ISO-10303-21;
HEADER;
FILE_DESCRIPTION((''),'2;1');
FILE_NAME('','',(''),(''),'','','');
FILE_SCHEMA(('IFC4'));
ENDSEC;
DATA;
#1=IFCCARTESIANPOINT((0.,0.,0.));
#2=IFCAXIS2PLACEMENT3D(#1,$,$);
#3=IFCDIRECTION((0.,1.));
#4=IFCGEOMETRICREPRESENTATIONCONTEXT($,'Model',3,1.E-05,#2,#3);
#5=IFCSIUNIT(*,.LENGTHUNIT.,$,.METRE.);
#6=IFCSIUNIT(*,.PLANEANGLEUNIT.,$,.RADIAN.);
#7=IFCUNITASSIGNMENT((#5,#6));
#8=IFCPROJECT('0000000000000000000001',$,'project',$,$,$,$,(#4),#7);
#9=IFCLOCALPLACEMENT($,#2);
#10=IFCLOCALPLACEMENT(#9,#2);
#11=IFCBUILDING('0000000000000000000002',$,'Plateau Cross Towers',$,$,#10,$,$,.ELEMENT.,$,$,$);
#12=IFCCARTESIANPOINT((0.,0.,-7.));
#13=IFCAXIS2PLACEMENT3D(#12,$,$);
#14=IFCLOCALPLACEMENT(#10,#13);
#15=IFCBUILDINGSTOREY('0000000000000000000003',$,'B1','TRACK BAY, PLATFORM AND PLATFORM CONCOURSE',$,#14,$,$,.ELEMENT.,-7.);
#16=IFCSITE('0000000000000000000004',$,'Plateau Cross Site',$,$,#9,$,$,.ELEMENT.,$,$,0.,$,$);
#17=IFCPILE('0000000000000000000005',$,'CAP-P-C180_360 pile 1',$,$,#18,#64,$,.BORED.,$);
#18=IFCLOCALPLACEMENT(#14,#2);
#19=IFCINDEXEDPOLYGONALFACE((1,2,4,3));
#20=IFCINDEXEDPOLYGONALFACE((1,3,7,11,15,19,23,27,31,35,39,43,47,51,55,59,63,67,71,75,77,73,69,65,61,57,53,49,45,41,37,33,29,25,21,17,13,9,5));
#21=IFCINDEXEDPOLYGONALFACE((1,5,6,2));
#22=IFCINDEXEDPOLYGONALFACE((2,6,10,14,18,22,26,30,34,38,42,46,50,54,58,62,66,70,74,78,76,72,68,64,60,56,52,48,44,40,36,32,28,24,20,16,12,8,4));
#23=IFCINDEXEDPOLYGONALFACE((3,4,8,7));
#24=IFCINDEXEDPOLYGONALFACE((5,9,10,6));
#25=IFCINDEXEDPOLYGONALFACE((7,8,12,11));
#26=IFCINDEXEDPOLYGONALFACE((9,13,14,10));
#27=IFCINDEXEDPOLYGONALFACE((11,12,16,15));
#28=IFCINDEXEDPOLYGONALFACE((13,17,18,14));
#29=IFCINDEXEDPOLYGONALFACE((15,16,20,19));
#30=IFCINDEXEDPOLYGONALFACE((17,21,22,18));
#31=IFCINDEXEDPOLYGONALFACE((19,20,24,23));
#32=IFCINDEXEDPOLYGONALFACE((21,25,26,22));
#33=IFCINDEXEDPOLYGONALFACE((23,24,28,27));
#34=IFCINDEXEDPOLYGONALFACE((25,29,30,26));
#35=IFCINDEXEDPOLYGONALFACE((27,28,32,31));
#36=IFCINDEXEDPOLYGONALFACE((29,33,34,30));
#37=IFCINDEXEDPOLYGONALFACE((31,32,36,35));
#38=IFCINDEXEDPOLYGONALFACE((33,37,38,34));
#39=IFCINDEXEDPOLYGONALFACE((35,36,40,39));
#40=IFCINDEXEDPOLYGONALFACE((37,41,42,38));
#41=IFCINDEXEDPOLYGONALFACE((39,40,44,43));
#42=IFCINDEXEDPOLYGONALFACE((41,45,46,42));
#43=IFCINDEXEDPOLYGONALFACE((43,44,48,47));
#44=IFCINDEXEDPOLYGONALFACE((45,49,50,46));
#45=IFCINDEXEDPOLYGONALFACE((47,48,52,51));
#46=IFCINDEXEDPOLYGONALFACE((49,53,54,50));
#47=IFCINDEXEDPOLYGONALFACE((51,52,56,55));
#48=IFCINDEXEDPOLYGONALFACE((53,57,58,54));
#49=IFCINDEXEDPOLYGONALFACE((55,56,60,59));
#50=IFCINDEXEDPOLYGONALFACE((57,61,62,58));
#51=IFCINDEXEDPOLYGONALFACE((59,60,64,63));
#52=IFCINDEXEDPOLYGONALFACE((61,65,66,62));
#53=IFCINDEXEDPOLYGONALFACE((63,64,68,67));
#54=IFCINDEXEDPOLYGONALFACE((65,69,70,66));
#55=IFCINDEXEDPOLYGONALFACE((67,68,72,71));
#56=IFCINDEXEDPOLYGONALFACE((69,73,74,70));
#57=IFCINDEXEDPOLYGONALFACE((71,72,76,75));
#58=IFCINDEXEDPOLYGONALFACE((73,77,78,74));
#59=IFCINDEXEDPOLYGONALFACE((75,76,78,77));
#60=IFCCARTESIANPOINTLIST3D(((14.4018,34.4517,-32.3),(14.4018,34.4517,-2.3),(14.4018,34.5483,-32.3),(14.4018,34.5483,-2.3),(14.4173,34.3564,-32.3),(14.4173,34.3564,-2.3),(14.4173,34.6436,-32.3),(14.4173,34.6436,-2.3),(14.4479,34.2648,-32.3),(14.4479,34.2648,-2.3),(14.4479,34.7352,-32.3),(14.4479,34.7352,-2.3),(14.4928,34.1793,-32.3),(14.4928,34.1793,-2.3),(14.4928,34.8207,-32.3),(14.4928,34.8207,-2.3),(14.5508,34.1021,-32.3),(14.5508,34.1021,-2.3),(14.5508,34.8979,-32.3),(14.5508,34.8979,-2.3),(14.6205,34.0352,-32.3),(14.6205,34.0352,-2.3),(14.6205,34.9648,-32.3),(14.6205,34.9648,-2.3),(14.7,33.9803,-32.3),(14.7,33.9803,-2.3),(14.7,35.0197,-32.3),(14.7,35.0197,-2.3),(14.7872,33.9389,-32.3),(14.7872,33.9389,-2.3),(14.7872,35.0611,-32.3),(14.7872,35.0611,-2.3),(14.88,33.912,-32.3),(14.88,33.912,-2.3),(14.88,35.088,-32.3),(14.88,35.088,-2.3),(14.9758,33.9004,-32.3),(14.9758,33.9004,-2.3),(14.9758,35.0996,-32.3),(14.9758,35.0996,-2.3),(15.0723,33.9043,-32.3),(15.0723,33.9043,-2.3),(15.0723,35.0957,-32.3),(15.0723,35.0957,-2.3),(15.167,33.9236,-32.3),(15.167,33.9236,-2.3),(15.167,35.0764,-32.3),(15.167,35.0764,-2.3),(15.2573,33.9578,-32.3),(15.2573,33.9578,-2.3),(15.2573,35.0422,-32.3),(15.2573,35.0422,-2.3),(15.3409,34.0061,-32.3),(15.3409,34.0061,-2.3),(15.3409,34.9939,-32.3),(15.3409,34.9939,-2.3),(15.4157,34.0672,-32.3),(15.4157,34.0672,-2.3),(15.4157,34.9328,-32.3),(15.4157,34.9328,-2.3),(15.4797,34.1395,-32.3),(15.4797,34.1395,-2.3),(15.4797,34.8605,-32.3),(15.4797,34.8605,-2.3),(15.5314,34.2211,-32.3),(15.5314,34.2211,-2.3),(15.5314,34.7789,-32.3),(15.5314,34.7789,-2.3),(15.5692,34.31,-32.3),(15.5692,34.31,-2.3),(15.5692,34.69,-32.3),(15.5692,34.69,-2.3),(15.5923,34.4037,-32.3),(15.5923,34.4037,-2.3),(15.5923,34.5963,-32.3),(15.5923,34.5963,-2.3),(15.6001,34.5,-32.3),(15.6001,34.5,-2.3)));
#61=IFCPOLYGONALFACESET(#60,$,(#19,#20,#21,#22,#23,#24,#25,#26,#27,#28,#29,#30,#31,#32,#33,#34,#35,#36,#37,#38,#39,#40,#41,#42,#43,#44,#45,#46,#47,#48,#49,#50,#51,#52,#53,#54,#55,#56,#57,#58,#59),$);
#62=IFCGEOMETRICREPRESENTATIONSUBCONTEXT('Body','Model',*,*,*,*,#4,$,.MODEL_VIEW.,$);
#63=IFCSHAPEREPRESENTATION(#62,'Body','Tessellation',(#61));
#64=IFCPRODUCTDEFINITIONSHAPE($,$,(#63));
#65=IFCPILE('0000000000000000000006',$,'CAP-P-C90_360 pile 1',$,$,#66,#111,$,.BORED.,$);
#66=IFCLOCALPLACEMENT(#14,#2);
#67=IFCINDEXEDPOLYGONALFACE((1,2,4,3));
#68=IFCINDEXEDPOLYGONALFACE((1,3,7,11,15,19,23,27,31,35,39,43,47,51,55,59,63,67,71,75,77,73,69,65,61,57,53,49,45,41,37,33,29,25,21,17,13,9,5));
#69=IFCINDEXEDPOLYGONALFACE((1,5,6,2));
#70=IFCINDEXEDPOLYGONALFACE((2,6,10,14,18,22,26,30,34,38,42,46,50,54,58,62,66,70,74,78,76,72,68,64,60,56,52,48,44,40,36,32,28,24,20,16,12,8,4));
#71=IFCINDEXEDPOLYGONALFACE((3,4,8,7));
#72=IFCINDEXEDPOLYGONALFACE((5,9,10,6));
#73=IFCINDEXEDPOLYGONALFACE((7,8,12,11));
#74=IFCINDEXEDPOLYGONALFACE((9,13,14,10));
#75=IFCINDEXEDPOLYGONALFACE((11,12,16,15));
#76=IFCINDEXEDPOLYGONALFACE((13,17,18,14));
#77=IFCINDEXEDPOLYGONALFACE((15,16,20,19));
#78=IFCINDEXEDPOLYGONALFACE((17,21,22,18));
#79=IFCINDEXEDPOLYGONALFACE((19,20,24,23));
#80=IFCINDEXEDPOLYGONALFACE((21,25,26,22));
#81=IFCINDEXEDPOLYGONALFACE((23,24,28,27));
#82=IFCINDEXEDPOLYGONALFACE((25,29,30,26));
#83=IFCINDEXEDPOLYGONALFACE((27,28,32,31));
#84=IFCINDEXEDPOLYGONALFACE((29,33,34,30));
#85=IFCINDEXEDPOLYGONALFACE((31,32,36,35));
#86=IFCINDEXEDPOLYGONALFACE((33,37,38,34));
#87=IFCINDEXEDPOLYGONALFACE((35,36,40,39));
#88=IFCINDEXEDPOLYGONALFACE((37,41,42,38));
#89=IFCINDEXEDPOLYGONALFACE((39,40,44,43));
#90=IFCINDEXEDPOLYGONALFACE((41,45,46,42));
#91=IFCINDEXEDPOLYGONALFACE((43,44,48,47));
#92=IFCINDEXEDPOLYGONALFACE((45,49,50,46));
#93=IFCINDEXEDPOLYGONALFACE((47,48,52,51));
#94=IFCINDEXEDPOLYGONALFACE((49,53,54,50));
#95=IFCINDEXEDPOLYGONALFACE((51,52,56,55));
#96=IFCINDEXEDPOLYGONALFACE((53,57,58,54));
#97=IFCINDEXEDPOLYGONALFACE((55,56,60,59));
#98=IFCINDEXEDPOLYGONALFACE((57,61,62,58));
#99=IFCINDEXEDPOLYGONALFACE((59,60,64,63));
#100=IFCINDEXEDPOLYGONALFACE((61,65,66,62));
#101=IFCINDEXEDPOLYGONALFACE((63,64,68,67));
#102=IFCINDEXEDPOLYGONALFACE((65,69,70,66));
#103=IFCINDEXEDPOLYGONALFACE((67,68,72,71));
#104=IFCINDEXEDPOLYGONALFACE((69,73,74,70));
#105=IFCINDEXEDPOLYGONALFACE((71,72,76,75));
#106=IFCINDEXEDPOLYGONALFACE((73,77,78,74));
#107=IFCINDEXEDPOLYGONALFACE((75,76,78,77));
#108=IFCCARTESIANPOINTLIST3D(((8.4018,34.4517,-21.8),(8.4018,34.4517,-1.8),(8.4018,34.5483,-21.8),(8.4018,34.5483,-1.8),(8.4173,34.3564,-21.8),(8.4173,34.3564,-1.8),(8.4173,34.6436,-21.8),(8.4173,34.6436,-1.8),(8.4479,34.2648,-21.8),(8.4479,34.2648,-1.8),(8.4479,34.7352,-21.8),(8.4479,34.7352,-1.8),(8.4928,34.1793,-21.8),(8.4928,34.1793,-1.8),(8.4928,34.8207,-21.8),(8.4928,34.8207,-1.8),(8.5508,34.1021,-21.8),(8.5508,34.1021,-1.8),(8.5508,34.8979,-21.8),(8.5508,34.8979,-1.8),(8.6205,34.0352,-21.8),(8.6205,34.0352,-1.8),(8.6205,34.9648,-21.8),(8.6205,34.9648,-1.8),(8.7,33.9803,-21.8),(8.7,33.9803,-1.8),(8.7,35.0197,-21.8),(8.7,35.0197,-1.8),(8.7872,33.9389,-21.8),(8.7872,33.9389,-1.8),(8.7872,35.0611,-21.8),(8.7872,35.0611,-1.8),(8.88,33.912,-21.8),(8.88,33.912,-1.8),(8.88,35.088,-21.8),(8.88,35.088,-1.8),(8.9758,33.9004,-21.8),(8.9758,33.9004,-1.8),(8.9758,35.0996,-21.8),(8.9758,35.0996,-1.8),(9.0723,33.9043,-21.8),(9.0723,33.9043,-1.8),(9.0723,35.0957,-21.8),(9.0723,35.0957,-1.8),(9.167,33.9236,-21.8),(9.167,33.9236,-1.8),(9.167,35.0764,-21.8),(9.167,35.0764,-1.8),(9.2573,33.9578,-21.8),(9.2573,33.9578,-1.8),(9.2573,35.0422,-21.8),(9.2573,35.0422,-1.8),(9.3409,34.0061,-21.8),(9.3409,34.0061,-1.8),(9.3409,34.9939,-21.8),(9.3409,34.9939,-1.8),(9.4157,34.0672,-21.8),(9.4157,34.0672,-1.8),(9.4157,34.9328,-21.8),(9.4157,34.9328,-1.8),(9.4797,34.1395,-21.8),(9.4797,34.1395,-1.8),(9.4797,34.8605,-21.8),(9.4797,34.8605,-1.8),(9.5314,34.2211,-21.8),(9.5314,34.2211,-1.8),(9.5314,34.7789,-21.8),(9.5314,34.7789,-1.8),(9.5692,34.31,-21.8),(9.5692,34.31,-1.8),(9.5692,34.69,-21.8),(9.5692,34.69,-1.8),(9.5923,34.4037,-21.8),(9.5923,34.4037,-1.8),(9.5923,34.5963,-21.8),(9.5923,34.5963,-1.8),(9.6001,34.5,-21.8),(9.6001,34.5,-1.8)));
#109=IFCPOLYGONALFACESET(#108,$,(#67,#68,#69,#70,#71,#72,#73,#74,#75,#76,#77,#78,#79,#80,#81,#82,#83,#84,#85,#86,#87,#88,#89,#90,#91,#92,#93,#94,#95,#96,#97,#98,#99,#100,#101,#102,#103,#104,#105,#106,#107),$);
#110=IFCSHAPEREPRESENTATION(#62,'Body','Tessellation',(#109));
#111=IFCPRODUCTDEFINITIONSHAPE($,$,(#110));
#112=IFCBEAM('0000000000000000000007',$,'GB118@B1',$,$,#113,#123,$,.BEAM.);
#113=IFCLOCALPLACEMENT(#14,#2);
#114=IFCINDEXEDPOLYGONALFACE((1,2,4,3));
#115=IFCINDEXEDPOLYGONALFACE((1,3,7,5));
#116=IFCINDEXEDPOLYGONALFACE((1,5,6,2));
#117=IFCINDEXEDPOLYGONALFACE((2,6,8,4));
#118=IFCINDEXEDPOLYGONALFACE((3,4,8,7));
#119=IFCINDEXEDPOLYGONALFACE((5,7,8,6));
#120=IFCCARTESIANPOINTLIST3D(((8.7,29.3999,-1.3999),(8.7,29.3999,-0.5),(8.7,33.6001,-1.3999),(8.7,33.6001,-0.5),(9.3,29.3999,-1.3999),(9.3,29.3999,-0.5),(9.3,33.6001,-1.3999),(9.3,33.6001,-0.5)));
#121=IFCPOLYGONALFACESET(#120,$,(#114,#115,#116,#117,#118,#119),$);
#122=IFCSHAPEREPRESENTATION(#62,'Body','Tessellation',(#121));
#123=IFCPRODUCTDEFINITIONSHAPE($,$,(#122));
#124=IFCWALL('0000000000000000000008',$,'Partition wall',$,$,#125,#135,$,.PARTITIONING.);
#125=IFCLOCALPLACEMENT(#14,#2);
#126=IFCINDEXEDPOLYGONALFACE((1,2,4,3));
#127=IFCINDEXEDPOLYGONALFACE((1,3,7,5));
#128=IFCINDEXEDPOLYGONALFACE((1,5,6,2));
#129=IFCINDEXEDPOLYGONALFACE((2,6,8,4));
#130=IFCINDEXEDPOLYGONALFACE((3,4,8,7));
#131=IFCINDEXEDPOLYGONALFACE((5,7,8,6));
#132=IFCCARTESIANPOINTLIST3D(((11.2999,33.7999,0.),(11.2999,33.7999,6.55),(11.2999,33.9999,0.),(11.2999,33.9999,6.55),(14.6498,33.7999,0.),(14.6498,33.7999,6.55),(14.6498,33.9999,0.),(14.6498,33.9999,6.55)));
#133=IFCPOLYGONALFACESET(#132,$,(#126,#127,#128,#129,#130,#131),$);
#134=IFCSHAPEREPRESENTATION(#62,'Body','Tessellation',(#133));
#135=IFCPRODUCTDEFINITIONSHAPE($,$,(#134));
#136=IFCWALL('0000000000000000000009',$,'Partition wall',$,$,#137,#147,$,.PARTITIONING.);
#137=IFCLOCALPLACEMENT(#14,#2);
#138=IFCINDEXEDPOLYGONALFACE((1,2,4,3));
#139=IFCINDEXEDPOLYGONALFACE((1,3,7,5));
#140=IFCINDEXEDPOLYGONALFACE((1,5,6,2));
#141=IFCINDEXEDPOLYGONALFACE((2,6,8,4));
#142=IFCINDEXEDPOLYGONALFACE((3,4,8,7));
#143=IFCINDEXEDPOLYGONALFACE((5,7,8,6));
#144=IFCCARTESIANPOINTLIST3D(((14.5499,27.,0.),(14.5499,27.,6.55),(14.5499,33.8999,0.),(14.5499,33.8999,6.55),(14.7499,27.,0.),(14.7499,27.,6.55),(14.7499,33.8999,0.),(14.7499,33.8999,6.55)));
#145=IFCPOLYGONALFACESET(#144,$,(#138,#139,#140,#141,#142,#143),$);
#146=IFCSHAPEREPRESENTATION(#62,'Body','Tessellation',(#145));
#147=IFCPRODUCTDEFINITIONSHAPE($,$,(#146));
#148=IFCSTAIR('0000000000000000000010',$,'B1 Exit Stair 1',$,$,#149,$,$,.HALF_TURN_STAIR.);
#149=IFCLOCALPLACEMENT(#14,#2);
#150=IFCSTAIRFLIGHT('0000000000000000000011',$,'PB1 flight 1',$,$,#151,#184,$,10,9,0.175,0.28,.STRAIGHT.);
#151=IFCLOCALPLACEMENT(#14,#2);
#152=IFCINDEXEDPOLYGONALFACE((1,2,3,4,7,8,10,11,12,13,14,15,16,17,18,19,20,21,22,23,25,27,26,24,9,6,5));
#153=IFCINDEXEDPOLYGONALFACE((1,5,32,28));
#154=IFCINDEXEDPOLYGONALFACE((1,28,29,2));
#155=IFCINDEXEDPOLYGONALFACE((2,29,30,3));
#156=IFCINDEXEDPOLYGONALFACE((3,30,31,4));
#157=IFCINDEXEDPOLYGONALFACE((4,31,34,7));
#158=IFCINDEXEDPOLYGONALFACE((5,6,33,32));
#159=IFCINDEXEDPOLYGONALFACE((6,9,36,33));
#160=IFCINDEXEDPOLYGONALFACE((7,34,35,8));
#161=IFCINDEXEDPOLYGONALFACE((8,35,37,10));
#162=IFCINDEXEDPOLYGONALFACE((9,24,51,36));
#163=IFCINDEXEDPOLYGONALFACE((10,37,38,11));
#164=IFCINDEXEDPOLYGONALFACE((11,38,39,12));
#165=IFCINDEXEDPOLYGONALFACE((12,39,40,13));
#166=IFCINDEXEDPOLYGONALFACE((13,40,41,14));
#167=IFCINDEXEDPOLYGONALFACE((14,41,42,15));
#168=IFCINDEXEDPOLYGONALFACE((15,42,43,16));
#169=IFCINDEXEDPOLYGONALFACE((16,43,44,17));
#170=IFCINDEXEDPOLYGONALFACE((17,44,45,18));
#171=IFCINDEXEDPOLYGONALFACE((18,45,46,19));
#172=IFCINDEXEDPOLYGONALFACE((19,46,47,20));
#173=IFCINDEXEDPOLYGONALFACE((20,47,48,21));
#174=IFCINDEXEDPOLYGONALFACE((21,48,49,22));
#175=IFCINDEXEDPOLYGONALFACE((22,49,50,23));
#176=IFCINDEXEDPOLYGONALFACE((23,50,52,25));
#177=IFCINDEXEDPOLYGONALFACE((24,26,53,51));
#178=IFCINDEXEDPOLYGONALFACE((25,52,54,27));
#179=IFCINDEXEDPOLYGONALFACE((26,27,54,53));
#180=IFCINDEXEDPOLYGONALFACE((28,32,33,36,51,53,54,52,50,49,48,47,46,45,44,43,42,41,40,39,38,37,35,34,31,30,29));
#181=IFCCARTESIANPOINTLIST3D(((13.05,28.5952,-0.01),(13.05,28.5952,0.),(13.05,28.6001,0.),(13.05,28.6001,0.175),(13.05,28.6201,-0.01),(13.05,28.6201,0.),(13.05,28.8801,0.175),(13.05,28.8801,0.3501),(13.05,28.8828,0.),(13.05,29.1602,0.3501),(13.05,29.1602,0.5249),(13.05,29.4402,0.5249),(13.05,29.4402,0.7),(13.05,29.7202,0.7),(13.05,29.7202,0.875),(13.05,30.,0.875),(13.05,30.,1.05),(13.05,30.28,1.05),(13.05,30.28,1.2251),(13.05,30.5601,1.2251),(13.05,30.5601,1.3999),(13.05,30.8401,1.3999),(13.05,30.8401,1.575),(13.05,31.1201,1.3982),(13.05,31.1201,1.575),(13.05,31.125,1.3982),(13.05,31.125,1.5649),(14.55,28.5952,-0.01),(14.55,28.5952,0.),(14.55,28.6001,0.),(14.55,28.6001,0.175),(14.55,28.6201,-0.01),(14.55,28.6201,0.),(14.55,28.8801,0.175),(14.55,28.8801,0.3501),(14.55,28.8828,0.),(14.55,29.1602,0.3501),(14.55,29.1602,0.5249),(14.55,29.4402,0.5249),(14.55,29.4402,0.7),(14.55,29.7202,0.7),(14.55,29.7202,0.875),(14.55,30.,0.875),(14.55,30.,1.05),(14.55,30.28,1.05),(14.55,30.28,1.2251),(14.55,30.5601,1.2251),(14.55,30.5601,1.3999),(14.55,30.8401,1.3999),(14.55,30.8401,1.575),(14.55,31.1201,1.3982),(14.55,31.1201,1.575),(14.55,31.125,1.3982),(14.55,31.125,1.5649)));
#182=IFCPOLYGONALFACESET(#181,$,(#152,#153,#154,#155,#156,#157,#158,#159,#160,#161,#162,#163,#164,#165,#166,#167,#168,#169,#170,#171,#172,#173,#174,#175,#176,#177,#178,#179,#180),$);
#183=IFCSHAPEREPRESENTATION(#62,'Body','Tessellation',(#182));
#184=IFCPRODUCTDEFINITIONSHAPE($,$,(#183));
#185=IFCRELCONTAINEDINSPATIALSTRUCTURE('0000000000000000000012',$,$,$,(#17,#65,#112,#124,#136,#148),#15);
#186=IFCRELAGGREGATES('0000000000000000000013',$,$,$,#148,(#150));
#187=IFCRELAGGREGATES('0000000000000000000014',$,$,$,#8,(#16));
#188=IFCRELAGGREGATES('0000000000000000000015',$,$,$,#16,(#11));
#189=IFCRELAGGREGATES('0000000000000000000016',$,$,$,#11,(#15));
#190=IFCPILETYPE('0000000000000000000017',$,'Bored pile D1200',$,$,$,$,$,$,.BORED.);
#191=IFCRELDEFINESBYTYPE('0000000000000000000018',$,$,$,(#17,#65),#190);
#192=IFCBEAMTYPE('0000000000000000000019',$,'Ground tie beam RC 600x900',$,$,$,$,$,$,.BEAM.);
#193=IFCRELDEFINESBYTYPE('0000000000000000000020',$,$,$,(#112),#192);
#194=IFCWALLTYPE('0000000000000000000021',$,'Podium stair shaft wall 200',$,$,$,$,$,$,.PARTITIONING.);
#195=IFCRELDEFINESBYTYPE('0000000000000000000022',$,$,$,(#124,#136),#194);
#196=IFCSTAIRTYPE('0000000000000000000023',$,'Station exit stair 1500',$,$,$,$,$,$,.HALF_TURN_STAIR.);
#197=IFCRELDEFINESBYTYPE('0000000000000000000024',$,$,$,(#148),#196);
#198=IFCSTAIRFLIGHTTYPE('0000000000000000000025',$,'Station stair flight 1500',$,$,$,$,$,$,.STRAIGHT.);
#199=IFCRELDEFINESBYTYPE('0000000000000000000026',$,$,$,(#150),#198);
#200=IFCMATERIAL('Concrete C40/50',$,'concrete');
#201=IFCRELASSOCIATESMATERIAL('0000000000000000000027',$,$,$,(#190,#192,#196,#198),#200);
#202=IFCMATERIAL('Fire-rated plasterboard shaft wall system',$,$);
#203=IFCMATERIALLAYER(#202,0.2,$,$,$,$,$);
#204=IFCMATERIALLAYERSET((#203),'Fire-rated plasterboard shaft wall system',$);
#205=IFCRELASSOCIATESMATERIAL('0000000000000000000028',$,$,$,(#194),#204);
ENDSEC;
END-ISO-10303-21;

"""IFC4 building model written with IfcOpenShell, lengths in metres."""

from ifc_helpers import new_model, si_unit, direction, frame, frame_2d, origin, origin_2d, place, context, subcontext, project, spatial, polyline, rectangle, circle, outline, extrude, material, layer, layer_set, material_profile, profile_set, type_object, element, aggregate, save


model = new_model("IFC4")

# Units and contexts
model_context = context("Model", 3, precision=1e-05, world=origin(), true_north=direction((0.0, 1.0)))
body_context = subcontext(model_context, "Body", "Model", "MODEL_VIEW")
ifc_project = project(units=[si_unit("LENGTHUNIT", "METRE"), si_unit("PLANEANGLEUNIT", "RADIAN")], contexts=[model_context])

# Site, building, storey
site_placement = place(None, origin())
site = spatial("IfcSite", under=ifc_project, at=site_placement, Name="Plateau Cross Site", CompositionType="ELEMENT", RefElevation=0.0)
building_placement = place(site_placement, origin())
building = spatial("IfcBuilding", under=site, at=building_placement, Name="Plateau Cross Towers", CompositionType="ELEMENT")
storey_placement = place(building_placement, frame((0.0, 0.0, -7.0)))
storey = spatial("IfcBuildingStorey", under=building, at=storey_placement, Name="B1", Description="TRACK BAY, PLATFORM AND PLATFORM CONCOURSE", CompositionType="ELEMENT", Elevation=-7.0)

# Piles
ifc_material_1 = material(Name="Concrete C40/50", Category="concrete")
ifc_material_profile_1 = material_profile(ifc_material_1, circle(Radius=0.6001, at=origin_2d()), Name="Bored pile D1200")
ifc_profile_set_1 = profile_set([ifc_material_profile_1], Name="Concrete C40/50")
pile_type = type_object("IfcPileType", Name="Bored pile D1200", PredefinedType="BORED", material=ifc_profile_set_1)
pile_1_placement = place(storey_placement, frame((15.0, 34.5, -2.3), z_axis=(0.0, 0.0, -1.0), x_axis=(1.0, 0.0, 0.0)))
element("IfcPile", 1, at=pile_1_placement, inside=storey, type_object=pile_type, Name="CAP-P-C180_360 pile 1", PredefinedType="BORED", context=body_context, shape_type="SweptSolid", body=[
    extrude(circle(Radius=0.6001, at=origin_2d()), origin(), (0.0, 0.0, 1.0), 30.0),
])
pile_2_placement = place(storey_placement, frame((9.0, 34.5, -1.8), z_axis=(0.0, 0.0, -1.0), x_axis=(1.0, 0.0, 0.0)))
element("IfcPile", 2, at=pile_2_placement, inside=storey, type_object=pile_type, Name="CAP-P-C90_360 pile 1", PredefinedType="BORED", context=body_context, shape_type="SweptSolid", body=[
    extrude(circle(Radius=0.6001, at=origin_2d()), origin(), (0.0, 0.0, 1.0), 20.0),
])

# Beam
ifc_material_profile_2 = material_profile(ifc_material_1, rectangle(XDim=0.6001, YDim=0.8999, at=origin_2d()), Name="RC 600x900")
ifc_profile_set_2 = profile_set([ifc_material_profile_2], Name="Concrete C40/50")
beam_type = type_object("IfcBeamType", Name="Ground tie beam RC 600x900", PredefinedType="BEAM", material=ifc_profile_set_2)
beam_placement = place(storey_placement, frame((9.0, 29.3999, -0.95), z_axis=(0.0, 1.0, 0.0), x_axis=(-1.0, 0.0, 0.0)))
element("IfcBeam", 3, at=beam_placement, inside=storey, type_object=beam_type, Name="GB118@B1", PredefinedType="BEAM", context=body_context, shape_type="SweptSolid", body=[
    extrude(rectangle(XDim=0.6001, YDim=0.8999, at=origin_2d()), origin(), (0.0, 0.0, 1.0), 4.2002),
])

# Walls
ifc_material_2 = material(Name="Fire-rated plasterboard shaft wall system")
ifc_layer = layer(ifc_material_2, 0.2)
ifc_layer_set = layer_set([ifc_layer], Name="Fire-rated plasterboard shaft wall system")
wall_type = type_object("IfcWallType", Name="Podium stair shaft wall 200", PredefinedType="PARTITIONING", material=ifc_layer_set)
wall_1_placement = place(storey_placement, frame((11.3, 33.8999, 0.0), z_axis=(0.0, 0.0, 1.0), x_axis=(1.0, 0.0, 0.0)))
element("IfcWall", 4, at=wall_1_placement, inside=storey, type_object=wall_type, Name="Partition wall", PredefinedType="PARTITIONING", context=body_context, shape_type="SweptSolid", body=[
    extrude(rectangle(XDim=3.3499, YDim=0.2, at=frame_2d((1.6748, 0.0))), origin(), (0.0, 0.0, 1.0), 6.55),
])
wall_2_placement = place(storey_placement, frame((14.6499, 33.8999, 0.0), z_axis=(0.0, 0.0, 1.0), x_axis=(0.0, -1.0, 0.0)))
element("IfcWall", 5, at=wall_2_placement, inside=storey, type_object=wall_type, Name="Partition wall", PredefinedType="PARTITIONING", context=body_context, shape_type="SweptSolid", body=[
    extrude(rectangle(XDim=6.8999, YDim=0.2, at=frame_2d((3.45, 0.0))), origin(), (0.0, 0.0, 1.0), 6.55),
])

# Stair, stair flight
stair_type = type_object("IfcStairType", Name="Station exit stair 1500", PredefinedType="HALF_TURN_STAIR", material=ifc_material_1)
stair_placement = place(storey_placement, origin())
stair = element("IfcStair", 6, at=stair_placement, inside=storey, type_object=stair_type, Name="B1 Exit Stair 1", PredefinedType="HALF_TURN_STAIR")
stair_flight_type = type_object("IfcStairFlightType", Name="Station stair flight 1500", PredefinedType="STRAIGHT", material=ifc_material_1)
stair_flight_1_placement = place(storey_placement, frame((13.8, 28.6001, 0.0), z_axis=(0.0, 0.0, 1.0), x_axis=(0.0, 1.0, 0.0)))
stair_flight_1 = element("IfcStairFlight", 7, at=stair_flight_1_placement, type_object=stair_flight_type, Name="PB1 flight 1", NumberOfRisers=10, NumberOfTreads=9, PredefinedType="STRAIGHT", RiserHeight=0.175, TreadLength=0.28, context=body_context, shape_type="SweptSolid", body=[
    extrude(outline(polyline([(-0.0049, -0.01), (-0.0049, 0.0), (0.0, 0.0), (0.0, 0.175), (0.28, 0.175), (0.28, 0.3501), (0.5601, 0.3501), (0.5601, 0.5249), (0.8401, 0.5249), (0.8401, 0.7), (1.1201, 0.7), (1.1201, 0.875), (1.3999, 0.875), (1.3999, 1.05), (1.6799, 1.05), (1.6799, 1.2251), (1.96, 1.2251), (1.96, 1.3999), (2.24, 1.3999), (2.24, 1.575), (2.52, 1.575), (2.5249, 1.5649), (2.5249, 1.3982), (2.52, 1.3982), (0.2827, 0.0), (0.02, 0.0), (0.02, -0.01), (-0.0049, -0.01)])), frame((0.0, 0.75, 0.0), z_axis=(0.0, -1.0, 0.0), x_axis=(1.0, 0.0, 0.0)), (0.0, 0.0, 1.0), 1.5),
])
aggregate(stair, [stair_flight_1])

save(model, "model.ifc")
